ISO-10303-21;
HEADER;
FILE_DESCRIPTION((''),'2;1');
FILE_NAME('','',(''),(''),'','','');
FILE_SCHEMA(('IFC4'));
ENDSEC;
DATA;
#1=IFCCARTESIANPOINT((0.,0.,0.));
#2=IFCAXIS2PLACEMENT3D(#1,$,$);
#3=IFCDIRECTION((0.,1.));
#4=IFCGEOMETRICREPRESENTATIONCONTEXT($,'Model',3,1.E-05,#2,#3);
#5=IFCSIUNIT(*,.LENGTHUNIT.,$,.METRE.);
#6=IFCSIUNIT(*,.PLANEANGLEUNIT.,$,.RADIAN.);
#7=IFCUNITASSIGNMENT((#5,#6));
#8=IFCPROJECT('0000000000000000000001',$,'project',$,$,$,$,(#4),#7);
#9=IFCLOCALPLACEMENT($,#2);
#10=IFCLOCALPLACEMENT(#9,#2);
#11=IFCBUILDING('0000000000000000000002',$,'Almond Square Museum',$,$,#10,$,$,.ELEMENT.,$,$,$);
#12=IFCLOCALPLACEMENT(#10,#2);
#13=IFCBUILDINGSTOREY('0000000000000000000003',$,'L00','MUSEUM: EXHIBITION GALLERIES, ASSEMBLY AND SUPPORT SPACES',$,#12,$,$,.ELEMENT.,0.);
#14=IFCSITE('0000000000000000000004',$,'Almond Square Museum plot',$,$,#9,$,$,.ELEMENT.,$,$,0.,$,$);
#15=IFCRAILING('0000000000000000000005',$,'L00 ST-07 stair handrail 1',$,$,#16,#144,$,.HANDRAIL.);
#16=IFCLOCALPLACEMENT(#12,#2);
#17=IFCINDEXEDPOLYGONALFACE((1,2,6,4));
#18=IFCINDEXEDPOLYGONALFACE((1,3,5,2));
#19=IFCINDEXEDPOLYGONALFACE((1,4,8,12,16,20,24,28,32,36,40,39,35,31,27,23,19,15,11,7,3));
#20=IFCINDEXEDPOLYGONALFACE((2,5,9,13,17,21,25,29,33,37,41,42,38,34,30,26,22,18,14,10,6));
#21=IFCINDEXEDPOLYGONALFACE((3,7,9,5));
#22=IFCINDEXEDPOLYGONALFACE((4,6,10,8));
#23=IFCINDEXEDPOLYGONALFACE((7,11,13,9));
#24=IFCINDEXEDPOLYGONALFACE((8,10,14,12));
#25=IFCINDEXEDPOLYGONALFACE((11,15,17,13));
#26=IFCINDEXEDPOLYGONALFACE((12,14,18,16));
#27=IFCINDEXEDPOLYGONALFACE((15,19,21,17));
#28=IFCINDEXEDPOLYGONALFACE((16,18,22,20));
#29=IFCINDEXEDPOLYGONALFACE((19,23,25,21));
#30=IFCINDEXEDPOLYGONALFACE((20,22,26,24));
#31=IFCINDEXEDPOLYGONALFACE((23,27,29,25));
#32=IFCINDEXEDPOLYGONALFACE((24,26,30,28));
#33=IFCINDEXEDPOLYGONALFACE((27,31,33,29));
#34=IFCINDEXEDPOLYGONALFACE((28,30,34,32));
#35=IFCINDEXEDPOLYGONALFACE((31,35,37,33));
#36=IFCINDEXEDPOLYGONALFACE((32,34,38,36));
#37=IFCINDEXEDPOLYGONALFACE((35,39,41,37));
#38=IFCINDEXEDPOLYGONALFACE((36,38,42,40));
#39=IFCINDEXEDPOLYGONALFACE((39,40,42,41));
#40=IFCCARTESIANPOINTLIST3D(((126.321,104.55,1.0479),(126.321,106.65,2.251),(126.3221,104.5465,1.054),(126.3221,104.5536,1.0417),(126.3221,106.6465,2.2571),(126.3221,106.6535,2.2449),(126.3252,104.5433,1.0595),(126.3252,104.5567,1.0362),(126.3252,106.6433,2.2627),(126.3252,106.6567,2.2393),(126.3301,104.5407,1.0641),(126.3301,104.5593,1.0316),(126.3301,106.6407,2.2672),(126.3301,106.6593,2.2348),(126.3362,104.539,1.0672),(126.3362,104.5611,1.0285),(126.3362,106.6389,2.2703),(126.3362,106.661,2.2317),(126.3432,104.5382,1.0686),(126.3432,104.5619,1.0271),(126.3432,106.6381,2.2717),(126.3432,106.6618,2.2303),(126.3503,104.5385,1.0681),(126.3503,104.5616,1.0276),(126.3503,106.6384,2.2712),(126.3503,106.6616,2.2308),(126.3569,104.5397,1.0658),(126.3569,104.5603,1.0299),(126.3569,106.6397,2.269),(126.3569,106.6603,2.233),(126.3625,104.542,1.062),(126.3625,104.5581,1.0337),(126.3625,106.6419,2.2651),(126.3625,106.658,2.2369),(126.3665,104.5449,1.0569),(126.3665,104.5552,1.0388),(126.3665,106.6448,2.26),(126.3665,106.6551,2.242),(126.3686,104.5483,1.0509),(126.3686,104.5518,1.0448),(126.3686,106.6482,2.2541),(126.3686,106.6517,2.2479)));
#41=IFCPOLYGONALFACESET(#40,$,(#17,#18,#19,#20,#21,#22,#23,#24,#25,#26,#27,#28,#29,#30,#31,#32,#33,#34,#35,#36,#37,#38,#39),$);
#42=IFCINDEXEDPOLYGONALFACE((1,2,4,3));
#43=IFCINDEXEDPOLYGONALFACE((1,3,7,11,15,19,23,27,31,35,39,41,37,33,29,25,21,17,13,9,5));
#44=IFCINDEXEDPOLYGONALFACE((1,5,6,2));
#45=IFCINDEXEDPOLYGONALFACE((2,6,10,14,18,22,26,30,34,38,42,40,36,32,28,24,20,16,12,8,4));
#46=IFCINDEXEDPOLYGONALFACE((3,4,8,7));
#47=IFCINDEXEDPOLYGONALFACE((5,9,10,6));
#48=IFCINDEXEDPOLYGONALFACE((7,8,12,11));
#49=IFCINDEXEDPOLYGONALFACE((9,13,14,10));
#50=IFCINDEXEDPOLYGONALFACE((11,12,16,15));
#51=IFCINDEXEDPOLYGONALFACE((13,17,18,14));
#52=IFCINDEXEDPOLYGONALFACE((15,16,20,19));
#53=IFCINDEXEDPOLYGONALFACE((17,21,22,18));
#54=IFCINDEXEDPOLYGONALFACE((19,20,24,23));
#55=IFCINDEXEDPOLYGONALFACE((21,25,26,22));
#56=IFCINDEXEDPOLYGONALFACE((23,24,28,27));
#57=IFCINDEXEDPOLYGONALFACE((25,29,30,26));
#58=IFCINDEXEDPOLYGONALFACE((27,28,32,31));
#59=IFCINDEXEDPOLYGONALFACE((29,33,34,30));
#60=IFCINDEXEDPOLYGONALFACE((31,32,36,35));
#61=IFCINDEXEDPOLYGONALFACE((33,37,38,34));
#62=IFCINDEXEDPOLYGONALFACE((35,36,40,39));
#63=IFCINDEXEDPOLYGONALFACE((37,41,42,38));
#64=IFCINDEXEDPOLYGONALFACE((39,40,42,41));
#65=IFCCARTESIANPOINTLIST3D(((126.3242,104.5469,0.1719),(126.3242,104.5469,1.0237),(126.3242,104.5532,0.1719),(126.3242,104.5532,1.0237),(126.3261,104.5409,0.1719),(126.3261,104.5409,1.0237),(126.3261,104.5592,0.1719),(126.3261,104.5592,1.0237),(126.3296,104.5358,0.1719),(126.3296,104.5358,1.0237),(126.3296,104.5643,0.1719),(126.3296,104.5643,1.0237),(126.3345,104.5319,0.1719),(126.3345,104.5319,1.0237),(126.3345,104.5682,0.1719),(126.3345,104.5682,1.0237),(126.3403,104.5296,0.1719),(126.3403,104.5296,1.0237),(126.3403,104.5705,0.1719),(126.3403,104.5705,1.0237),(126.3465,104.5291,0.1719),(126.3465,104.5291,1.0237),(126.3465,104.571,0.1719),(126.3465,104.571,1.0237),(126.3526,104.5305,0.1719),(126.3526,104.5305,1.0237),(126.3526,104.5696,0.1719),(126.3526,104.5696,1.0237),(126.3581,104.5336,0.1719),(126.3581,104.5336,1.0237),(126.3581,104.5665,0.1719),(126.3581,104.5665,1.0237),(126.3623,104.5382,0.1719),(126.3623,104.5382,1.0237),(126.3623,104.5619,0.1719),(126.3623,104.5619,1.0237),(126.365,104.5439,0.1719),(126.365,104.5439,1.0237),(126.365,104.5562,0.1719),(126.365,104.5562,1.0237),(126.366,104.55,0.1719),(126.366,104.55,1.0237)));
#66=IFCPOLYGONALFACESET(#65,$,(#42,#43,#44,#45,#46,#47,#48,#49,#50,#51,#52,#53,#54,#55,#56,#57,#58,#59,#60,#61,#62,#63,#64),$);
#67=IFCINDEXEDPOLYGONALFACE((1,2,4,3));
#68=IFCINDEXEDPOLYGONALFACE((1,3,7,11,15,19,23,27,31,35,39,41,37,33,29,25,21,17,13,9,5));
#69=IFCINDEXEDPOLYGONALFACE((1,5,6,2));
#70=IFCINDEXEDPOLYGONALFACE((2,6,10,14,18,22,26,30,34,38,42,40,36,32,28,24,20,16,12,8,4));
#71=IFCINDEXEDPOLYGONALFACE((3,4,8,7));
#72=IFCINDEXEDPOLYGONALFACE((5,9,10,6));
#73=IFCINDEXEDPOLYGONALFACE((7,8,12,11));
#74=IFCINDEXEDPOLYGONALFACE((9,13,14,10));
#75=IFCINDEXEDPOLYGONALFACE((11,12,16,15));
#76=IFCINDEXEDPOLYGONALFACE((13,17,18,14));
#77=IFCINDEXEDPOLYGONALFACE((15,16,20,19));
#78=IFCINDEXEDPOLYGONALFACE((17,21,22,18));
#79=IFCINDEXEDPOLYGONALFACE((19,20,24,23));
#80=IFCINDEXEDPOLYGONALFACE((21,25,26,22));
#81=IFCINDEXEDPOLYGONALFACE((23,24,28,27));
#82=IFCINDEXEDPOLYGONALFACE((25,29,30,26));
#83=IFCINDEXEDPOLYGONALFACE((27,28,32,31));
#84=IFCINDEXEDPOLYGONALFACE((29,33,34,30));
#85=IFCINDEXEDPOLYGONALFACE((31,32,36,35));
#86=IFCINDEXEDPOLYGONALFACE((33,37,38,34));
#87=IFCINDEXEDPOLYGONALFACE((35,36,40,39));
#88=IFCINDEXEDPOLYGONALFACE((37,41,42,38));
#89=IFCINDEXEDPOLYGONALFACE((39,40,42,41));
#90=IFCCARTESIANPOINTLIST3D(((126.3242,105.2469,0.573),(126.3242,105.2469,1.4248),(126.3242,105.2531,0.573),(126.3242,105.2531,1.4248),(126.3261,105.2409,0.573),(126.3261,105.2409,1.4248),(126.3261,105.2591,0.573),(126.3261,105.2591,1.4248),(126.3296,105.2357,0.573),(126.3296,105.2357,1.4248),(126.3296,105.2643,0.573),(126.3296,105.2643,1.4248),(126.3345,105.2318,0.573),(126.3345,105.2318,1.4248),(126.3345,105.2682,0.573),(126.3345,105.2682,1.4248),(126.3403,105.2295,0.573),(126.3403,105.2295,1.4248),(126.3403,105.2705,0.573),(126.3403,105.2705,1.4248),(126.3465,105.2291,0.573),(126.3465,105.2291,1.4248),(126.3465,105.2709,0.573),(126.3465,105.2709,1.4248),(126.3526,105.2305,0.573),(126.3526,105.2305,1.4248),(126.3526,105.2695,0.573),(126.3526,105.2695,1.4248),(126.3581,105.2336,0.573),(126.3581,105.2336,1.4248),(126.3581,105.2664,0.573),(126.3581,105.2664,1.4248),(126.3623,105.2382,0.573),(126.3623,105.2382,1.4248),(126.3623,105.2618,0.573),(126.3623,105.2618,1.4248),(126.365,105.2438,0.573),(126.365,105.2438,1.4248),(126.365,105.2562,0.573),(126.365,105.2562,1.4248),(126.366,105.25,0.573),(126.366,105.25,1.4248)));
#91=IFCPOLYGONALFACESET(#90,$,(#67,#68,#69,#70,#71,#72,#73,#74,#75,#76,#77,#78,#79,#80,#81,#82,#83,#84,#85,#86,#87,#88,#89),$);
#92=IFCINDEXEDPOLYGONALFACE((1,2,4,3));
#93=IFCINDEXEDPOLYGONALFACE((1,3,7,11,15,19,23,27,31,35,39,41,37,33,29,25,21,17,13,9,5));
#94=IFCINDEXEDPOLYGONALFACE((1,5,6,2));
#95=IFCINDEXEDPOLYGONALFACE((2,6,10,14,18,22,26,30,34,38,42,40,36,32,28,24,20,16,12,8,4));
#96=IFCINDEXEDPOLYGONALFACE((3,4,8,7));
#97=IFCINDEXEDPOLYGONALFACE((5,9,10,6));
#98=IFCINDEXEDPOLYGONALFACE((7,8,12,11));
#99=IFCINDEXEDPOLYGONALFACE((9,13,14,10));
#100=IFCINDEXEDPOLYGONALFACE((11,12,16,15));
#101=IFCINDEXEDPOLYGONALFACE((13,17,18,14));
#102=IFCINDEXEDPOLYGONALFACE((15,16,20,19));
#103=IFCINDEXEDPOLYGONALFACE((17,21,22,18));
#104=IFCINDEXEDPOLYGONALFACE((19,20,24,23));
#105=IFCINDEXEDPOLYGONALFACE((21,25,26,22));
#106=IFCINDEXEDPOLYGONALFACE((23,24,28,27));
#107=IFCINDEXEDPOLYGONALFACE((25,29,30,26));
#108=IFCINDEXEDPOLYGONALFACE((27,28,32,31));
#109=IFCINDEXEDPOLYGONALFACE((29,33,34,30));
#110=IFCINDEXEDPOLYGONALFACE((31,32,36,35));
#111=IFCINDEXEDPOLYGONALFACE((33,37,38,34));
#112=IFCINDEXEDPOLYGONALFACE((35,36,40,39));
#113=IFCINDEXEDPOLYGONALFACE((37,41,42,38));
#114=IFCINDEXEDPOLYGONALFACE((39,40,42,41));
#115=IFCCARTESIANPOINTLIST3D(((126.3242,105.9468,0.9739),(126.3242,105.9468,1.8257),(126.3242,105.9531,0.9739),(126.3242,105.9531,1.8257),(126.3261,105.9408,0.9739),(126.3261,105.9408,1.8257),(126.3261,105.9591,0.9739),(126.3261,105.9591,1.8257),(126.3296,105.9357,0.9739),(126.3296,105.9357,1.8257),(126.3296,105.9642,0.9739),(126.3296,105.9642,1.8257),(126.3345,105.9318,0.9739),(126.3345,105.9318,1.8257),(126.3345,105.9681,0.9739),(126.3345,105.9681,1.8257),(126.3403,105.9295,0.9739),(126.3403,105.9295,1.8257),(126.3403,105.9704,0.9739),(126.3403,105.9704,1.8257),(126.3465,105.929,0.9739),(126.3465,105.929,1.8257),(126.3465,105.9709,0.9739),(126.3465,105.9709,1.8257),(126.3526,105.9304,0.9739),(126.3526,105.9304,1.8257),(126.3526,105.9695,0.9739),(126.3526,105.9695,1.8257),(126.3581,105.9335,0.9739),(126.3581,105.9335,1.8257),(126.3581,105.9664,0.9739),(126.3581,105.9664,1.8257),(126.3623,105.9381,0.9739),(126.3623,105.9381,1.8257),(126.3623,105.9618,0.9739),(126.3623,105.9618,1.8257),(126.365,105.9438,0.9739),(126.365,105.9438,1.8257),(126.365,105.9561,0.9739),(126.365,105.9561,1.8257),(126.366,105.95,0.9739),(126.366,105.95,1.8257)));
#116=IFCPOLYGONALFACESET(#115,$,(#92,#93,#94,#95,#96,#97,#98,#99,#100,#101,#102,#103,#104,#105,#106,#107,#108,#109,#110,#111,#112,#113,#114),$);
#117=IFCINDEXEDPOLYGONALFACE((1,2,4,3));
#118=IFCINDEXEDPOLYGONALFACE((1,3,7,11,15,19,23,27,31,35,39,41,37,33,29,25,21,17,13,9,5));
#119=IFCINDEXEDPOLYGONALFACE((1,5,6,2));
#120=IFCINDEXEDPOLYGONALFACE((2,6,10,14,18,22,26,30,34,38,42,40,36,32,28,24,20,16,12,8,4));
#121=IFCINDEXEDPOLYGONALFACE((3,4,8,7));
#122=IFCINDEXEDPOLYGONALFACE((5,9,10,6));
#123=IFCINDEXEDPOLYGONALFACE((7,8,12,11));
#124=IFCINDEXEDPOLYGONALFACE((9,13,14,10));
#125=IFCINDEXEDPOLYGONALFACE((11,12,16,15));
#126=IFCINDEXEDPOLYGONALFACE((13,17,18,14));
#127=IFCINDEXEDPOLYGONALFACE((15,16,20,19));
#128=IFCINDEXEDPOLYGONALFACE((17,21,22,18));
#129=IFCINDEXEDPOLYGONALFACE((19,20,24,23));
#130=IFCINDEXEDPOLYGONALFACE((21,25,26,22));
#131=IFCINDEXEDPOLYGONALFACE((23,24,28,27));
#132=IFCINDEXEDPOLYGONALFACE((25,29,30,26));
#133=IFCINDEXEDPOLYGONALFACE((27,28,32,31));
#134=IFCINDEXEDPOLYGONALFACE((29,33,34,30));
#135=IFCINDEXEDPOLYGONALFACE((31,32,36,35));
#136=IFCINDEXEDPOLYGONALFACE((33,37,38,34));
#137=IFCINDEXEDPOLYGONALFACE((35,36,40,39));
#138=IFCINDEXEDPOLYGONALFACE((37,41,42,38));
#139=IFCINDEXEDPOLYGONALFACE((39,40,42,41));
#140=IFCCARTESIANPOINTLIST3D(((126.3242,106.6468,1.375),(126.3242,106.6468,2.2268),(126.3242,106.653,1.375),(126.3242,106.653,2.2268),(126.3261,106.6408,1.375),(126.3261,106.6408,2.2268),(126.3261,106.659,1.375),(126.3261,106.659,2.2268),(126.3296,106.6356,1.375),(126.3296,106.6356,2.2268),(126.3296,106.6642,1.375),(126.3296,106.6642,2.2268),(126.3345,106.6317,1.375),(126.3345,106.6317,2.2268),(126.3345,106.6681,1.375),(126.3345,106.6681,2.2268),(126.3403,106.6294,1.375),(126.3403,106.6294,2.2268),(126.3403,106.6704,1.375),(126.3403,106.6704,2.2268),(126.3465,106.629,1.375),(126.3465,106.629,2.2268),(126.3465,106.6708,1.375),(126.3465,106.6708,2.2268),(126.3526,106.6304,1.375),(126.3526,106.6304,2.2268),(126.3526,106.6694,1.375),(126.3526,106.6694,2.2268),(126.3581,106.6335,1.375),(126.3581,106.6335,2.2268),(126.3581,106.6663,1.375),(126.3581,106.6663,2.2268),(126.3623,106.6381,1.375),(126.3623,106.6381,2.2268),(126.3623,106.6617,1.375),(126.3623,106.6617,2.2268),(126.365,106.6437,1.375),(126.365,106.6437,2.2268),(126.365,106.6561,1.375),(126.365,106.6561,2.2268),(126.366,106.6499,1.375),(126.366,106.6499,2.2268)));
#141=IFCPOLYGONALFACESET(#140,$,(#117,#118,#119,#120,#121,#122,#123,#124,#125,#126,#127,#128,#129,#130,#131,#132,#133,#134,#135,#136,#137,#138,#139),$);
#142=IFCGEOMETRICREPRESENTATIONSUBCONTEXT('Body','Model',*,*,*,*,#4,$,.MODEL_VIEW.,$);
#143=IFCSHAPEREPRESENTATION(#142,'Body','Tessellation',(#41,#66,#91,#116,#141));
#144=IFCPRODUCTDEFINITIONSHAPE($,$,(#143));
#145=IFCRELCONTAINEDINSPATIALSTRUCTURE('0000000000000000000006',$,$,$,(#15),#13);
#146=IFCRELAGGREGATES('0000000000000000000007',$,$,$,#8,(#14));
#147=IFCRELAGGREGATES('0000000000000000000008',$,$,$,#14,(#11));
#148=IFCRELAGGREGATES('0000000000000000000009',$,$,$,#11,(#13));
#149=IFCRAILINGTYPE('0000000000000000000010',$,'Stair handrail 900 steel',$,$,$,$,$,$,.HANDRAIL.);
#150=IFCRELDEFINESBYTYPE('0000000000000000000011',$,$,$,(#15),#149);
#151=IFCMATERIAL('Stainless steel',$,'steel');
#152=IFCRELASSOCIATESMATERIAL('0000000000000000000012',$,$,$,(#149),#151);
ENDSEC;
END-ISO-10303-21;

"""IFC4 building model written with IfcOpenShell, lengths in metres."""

from ifc_helpers import new_model, si_unit, direction, frame, origin, origin_2d, place, context, subcontext, project, spatial, circle, extrude, material, type_object, element, save


model = new_model("IFC4")

# Units and contexts
model_context = context("Model", 3, precision=1e-05, world=origin(), true_north=direction((0.0, 1.0)))
body_context = subcontext(model_context, "Body", "Model", "MODEL_VIEW")
ifc_project = project(units=[si_unit("LENGTHUNIT", "METRE"), si_unit("PLANEANGLEUNIT", "RADIAN")], contexts=[model_context])

# Site, building, storey
site_placement = place(None, origin())
site = spatial("IfcSite", under=ifc_project, at=site_placement, Name="Almond Square Museum plot", CompositionType="ELEMENT", RefElevation=0.0)
building_placement = place(site_placement, origin())
building = spatial("IfcBuilding", under=site, at=building_placement, Name="Almond Square Museum", CompositionType="ELEMENT")
storey_placement = place(building_placement, origin())
storey = spatial("IfcBuildingStorey", under=building, at=storey_placement, Name="L00", Description="MUSEUM: EXHIBITION GALLERIES, ASSEMBLY AND SUPPORT SPACES", CompositionType="ELEMENT", Elevation=0.0)

# Railing
ifc_material_1 = material(Name="Stainless steel", Category="steel")
railing_type_1 = type_object("IfcRailingType", Name="Stair handrail 900 steel", PredefinedType="HANDRAIL", material=ifc_material_1)
for number, where, name in (
    (1, (126.345, 104.55, 0.1719), "L00 ST-07 stair handrail 1"),
):
    element("IfcRailing", number, at=place(storey_placement, frame(where)), inside=storey, type_object=railing_type_1, Name=name, PredefinedType="HANDRAIL", context=body_context, shape_type="SweptSolid", body=[
        extrude(circle(Radius=0.0239, at=origin_2d()), frame((0.0, 0.0, 0.876), z_axis=(0.0, 0.867671, 0.497138), x_axis=(-1.0, 0.0, 0.0)), (0.0, 0.0, 1.0), 2.4202),
        extrude(circle(Radius=0.021, at=origin_2d()), origin(), (0.0, 0.0, 1.0), 0.8518),
        extrude(circle(Radius=0.021, at=origin_2d()), frame((0.0, 0.7, 0.4011)), (0.0, 0.0, 1.0), 0.8518),
        extrude(circle(Radius=0.021, at=origin_2d()), frame((0.0, 1.3999, 0.802)), (0.0, 0.0, 1.0), 0.8518),
        extrude(circle(Radius=0.021, at=origin_2d()), frame((0.0, 2.0999, 1.2031)), (0.0, 0.0, 1.0), 0.8518),
    ])

save(model, "model.ifc")
